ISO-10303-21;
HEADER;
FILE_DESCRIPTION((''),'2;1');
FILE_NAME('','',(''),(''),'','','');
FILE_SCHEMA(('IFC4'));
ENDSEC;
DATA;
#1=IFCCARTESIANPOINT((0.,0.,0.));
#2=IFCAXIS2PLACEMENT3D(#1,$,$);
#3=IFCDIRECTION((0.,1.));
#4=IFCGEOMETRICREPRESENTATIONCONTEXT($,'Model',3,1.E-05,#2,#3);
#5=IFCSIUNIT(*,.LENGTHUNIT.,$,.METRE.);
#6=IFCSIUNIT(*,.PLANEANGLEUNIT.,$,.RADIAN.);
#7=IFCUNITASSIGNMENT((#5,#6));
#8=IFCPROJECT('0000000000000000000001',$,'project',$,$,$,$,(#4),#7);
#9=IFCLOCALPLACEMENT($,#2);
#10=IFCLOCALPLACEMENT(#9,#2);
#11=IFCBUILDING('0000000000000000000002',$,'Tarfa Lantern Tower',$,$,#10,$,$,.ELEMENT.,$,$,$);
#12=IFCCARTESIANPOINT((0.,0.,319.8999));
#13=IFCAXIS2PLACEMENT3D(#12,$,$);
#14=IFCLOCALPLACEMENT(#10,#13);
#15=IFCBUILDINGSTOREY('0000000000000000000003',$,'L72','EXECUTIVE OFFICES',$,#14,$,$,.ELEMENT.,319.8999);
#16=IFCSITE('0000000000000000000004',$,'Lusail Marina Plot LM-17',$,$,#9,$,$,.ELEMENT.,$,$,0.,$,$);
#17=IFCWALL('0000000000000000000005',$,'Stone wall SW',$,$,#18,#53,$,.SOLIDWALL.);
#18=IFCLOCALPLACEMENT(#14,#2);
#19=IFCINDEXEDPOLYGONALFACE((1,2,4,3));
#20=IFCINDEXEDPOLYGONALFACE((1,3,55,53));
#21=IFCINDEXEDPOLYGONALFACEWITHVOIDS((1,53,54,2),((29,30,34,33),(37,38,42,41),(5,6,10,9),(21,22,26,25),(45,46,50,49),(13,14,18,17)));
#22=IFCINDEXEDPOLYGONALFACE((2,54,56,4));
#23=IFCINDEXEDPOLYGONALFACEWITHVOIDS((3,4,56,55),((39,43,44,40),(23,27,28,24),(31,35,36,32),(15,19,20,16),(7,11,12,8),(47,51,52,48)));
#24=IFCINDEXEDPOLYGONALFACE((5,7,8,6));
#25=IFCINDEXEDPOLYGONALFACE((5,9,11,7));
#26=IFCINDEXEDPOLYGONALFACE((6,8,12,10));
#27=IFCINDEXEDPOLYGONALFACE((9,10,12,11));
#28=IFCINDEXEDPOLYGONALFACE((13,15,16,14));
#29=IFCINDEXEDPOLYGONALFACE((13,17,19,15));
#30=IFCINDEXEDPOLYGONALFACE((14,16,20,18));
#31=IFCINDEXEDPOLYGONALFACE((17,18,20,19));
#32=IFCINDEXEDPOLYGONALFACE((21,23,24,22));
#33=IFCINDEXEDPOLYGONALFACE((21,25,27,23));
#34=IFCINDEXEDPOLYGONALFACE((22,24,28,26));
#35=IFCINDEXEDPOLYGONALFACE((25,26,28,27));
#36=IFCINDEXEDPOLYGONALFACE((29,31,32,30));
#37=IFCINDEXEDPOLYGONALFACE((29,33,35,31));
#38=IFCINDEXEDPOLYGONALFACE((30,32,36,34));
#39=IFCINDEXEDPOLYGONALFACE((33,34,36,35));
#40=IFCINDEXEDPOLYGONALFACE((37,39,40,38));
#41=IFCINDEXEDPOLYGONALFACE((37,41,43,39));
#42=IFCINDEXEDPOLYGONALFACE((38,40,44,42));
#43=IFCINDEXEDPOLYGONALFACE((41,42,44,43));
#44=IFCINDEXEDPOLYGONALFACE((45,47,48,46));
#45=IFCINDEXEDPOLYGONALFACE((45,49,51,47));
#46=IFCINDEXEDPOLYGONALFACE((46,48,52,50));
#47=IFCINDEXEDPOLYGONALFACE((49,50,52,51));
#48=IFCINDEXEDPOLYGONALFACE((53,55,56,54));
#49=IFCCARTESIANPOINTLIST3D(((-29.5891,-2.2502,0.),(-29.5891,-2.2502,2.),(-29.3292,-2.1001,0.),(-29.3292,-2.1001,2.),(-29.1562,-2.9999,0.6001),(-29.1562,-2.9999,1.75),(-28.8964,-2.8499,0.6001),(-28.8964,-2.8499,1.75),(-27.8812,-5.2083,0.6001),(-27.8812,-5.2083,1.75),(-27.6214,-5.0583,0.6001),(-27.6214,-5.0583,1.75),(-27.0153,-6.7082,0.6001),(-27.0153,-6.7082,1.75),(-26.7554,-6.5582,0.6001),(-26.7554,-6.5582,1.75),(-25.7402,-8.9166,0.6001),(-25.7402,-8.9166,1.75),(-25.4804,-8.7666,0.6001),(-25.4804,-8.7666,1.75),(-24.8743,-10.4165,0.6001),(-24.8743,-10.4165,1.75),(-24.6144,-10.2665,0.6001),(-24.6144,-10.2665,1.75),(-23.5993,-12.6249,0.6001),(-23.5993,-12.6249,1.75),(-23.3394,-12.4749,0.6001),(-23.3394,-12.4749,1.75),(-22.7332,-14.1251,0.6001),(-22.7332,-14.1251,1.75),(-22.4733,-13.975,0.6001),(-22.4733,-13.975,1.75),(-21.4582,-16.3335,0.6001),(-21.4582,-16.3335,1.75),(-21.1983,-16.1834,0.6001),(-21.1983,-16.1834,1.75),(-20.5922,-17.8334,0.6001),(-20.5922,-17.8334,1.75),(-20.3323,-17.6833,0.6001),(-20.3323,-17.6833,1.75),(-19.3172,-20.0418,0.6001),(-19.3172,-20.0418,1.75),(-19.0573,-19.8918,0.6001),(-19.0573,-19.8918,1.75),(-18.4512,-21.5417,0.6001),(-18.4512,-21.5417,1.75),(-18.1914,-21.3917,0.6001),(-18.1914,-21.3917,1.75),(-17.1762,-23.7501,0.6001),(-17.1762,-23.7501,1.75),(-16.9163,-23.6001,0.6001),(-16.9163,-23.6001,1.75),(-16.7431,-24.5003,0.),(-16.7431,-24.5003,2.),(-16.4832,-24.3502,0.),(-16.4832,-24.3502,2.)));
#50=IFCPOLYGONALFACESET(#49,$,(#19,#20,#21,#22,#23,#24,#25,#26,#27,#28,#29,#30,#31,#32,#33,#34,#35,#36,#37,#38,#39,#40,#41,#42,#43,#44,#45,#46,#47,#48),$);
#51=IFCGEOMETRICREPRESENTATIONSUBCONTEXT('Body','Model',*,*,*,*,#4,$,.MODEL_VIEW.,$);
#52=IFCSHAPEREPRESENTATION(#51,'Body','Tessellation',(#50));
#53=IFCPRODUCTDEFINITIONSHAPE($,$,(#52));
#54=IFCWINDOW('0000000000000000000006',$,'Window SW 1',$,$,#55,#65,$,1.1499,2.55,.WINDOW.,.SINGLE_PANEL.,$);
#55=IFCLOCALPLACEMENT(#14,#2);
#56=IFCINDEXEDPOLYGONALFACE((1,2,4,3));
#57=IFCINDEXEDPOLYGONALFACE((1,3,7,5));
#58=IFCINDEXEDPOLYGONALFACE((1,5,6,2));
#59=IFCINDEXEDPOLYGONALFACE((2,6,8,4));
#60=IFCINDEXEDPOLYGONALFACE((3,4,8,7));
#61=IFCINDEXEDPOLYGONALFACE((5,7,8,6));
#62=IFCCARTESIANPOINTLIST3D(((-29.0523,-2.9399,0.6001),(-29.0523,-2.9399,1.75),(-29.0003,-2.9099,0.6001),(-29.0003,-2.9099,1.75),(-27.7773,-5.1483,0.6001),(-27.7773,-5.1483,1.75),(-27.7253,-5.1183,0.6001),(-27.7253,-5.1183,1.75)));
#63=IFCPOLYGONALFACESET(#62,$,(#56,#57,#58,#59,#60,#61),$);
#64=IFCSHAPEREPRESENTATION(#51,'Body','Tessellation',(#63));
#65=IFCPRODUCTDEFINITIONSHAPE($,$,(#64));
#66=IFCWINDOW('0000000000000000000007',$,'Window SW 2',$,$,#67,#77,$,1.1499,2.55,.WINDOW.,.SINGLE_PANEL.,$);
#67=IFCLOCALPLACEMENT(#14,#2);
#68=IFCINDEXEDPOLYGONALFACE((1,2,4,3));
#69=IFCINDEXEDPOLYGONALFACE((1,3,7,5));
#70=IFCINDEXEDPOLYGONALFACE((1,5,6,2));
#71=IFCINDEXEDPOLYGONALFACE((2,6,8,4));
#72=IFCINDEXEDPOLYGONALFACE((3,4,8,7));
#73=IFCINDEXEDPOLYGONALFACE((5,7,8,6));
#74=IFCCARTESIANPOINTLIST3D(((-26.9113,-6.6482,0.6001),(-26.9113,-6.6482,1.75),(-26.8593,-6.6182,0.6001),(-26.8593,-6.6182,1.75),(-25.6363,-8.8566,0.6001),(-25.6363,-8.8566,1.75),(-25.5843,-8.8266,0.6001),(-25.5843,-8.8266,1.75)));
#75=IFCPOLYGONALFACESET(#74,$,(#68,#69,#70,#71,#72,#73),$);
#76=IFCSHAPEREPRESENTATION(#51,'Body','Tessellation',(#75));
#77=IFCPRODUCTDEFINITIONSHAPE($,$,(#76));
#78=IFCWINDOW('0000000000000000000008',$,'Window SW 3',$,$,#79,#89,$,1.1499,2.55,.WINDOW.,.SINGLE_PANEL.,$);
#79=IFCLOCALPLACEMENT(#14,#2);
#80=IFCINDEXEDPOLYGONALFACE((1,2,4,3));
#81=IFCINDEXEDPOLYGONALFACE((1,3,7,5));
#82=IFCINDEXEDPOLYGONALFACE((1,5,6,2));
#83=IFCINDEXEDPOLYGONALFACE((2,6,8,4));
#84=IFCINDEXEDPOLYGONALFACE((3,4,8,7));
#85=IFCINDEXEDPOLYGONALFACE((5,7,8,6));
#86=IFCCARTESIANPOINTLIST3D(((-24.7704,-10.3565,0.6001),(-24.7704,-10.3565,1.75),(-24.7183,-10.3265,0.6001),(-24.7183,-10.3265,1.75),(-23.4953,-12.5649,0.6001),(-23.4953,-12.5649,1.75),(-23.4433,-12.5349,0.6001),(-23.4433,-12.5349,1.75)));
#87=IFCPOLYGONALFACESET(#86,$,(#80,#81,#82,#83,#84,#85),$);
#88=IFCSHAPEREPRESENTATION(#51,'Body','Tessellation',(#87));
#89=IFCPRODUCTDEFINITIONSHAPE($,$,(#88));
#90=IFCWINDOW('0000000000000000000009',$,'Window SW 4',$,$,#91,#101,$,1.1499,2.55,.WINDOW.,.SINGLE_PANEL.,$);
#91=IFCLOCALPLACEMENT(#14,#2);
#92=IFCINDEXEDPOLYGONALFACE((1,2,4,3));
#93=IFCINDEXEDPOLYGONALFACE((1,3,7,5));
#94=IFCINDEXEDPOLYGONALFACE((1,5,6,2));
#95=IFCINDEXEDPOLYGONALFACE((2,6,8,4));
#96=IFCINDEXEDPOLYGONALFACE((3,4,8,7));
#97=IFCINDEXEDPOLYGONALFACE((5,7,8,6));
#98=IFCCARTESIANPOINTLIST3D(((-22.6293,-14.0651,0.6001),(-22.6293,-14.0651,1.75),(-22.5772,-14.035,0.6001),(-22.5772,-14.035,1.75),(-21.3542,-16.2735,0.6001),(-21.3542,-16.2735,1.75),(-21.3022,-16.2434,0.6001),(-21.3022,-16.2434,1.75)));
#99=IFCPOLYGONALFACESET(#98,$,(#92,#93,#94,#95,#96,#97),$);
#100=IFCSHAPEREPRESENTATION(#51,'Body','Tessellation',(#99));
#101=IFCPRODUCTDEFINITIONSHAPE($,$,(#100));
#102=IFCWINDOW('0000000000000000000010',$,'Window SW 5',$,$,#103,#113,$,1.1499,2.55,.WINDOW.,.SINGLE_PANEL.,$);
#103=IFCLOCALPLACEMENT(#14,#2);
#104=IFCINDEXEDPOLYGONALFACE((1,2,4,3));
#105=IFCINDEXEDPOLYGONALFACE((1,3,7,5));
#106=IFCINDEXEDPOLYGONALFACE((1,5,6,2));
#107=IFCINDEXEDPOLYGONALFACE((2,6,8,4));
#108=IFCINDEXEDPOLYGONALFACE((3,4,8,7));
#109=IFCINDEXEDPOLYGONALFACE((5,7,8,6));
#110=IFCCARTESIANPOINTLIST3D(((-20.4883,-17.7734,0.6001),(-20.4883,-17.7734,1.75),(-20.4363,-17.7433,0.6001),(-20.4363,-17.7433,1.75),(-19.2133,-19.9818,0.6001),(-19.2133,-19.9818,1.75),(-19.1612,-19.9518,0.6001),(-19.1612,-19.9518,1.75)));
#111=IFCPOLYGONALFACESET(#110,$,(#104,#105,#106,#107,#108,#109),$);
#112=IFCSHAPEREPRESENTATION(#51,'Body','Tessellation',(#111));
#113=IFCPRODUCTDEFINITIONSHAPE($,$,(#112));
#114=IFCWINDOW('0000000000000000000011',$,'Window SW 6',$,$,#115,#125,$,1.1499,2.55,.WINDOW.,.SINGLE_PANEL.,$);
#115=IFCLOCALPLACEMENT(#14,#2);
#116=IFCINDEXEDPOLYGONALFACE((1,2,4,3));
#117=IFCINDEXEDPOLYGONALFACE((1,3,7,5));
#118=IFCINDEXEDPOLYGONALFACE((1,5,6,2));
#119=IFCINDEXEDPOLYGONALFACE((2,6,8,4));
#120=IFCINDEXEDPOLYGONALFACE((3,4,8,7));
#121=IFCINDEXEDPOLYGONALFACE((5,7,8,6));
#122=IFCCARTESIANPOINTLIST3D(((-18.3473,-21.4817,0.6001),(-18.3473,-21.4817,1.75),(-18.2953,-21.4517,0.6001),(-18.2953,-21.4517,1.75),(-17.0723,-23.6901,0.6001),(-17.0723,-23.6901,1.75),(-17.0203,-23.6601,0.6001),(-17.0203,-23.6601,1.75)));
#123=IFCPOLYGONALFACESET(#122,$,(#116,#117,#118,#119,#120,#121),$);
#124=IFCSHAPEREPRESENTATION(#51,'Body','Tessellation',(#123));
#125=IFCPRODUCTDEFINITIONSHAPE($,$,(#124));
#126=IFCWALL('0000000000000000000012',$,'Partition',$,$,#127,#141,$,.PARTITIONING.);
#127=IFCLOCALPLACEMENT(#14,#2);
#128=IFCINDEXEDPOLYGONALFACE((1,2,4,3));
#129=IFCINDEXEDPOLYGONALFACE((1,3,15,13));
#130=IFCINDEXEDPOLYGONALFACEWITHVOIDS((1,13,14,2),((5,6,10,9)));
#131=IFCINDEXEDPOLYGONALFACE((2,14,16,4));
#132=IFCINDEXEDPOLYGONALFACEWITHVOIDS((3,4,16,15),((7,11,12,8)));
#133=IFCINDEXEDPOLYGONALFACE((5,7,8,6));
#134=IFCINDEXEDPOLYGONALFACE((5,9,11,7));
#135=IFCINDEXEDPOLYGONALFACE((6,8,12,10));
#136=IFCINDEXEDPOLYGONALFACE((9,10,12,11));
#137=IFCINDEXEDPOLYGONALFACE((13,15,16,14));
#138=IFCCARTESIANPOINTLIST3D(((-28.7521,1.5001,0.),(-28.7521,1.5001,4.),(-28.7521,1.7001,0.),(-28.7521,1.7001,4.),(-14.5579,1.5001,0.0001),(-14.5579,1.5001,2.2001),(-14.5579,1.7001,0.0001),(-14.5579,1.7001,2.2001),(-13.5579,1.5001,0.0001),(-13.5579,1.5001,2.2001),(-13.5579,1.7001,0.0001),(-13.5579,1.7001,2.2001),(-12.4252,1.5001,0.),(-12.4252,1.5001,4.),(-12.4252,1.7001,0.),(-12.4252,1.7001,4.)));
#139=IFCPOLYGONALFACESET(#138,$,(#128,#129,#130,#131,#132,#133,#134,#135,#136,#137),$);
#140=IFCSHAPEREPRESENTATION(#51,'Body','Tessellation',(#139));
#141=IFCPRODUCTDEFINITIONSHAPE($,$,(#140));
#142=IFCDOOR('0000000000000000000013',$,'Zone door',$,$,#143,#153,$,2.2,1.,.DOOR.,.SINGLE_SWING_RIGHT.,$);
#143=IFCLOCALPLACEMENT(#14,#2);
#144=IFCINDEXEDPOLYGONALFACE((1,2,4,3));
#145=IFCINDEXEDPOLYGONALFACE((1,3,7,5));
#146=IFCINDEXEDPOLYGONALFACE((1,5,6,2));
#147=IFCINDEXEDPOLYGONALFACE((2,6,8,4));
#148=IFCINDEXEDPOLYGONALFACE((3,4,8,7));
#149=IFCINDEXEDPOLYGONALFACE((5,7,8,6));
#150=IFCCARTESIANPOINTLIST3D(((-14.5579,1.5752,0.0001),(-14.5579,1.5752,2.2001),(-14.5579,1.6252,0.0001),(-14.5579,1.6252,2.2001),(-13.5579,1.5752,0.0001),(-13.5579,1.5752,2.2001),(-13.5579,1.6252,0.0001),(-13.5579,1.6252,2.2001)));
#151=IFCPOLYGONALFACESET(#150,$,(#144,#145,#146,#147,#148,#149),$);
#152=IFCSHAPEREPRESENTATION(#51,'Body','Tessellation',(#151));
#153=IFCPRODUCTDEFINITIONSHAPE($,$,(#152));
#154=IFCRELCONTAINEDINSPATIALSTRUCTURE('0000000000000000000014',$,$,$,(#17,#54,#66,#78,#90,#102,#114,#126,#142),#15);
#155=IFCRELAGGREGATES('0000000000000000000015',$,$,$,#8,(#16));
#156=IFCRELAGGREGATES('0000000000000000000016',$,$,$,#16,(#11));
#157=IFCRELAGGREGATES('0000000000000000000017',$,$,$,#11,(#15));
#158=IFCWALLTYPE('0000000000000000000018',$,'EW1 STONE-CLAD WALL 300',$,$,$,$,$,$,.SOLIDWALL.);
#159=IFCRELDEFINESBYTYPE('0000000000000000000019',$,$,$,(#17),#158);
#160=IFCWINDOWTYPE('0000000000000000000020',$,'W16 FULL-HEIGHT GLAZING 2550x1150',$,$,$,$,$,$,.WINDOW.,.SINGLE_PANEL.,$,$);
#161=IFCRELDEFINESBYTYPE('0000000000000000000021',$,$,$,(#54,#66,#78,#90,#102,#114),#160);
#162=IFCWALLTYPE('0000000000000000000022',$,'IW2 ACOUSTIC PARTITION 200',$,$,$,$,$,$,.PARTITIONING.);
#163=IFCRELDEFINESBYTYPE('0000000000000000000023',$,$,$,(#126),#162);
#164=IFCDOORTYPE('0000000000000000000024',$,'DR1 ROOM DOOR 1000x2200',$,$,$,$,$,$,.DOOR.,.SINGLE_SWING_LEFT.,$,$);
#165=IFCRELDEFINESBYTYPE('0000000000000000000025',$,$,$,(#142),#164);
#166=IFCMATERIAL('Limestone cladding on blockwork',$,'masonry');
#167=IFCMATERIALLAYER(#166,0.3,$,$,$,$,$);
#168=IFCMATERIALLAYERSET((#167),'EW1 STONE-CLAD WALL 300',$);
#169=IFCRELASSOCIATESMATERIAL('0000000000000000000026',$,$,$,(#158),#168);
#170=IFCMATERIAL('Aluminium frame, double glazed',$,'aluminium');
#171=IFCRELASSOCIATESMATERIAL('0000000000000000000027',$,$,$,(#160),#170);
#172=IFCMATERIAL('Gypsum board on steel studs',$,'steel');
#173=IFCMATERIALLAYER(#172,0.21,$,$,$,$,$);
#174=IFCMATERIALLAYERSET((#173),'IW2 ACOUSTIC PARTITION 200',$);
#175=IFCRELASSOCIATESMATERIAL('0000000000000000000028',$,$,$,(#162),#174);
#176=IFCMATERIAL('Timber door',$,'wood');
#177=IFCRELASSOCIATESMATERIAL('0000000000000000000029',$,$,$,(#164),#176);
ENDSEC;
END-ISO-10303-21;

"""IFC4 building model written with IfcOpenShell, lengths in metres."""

from ifc_helpers import new_model, si_unit, direction, frame, frame_2d, origin, place, context, subcontext, project, spatial, rectangle, extrude, material, layer, layer_set, type_object, element, fill, save


model = new_model("IFC4")

# Units and contexts
model_context = context("Model", 3, precision=1e-05, world=origin(), true_north=direction((0.0, 1.0)))
body_context = subcontext(model_context, "Body", "Model", "MODEL_VIEW")
ifc_project = project(units=[si_unit("LENGTHUNIT", "METRE"), si_unit("PLANEANGLEUNIT", "RADIAN")], contexts=[model_context])

# Site, building, storey
site_placement = place(None, origin())
site = spatial("IfcSite", under=ifc_project, at=site_placement, Name="Lusail Marina Plot LM-17", CompositionType="ELEMENT", RefElevation=0.0)
building_placement = place(site_placement, origin())
building = spatial("IfcBuilding", under=site, at=building_placement, Name="Tarfa Lantern Tower", CompositionType="ELEMENT")
storey_placement = place(building_placement, frame((0.0, 0.0, 319.8999)))
storey = spatial("IfcBuildingStorey", under=building, at=storey_placement, Name="L72", Description="EXECUTIVE OFFICES", CompositionType="ELEMENT", Elevation=319.8999)

# Wall, openings, windows
ifc_material_1 = material(Name="Limestone cladding on blockwork", Category="masonry")
ifc_layer_1 = layer(ifc_material_1, 0.3)
ifc_layer_set_1 = layer_set([ifc_layer_1], Name="EW1 STONE-CLAD WALL 300")
wall_type_1 = type_object("IfcWallType", Name="EW1 STONE-CLAD WALL 300", PredefinedType="SOLIDWALL", material=ifc_layer_set_1)
wall_1_placement = place(storey_placement, frame((-29.4592, -2.175, 0.0), z_axis=(0.0, 0.0, 1.0), x_axis=(0.499997, -0.866027, 0.0)))
wall_1 = element("IfcWall", 1, at=wall_1_placement, inside=storey, type_object=wall_type_1, Name="Stone wall SW", PredefinedType="SOLIDWALL", context=body_context, shape_type="SweptSolid", body=[
    extrude(rectangle(XDim=25.6921, YDim=0.3, at=frame_2d((12.8462, 0.0))), origin(), (0.0, 0.0, 1.0), 2.0),
])
opening_1_placement = place(wall_1_placement, frame((0.866, 0.0, 0.6001)))
opening_1 = element("IfcOpeningElement", 2, at=opening_1_placement, cuts=wall_1, PredefinedType="OPENING", context=body_context, shape_type="SweptSolid", body=[
    extrude(rectangle(XDim=2.55, YDim=1.1499, at=frame_2d((1.2749, 0.575))), frame((0.0, 0.1599, 0.0), z_axis=(0.0, -1.0, 0.0), x_axis=(1.0, 0.0, 0.0)), (0.0, 0.0, 1.0), 0.3201),
])
opening_2_placement = place(wall_1_placement, frame((5.1479, 0.0, 0.6001)))
opening_2 = element("IfcOpeningElement", 3, at=opening_2_placement, cuts=wall_1, PredefinedType="OPENING", context=body_context, shape_type="SweptSolid", body=[
    extrude(rectangle(XDim=2.55, YDim=1.1499, at=frame_2d((1.2749, 0.575))), frame((0.0, 0.1599, 0.0), z_axis=(0.0, -1.0, 0.0), x_axis=(1.0, 0.0, 0.0)), (0.0, 0.0, 1.0), 0.3201),
])
opening_3_placement = place(wall_1_placement, frame((9.4299, 0.0, 0.6001)))
opening_3 = element("IfcOpeningElement", 4, at=opening_3_placement, cuts=wall_1, PredefinedType="OPENING", context=body_context, shape_type="SweptSolid", body=[
    extrude(rectangle(XDim=2.55, YDim=1.1499, at=frame_2d((1.2749, 0.575))), frame((0.0, 0.1599, 0.0), z_axis=(0.0, -1.0, 0.0), x_axis=(1.0, 0.0, 0.0)), (0.0, 0.0, 1.0), 0.3201),
])
opening_4_placement = place(wall_1_placement, frame((13.7122, 0.0, 0.6001)))
opening_4 = element("IfcOpeningElement", 5, at=opening_4_placement, cuts=wall_1, PredefinedType="OPENING", context=body_context, shape_type="SweptSolid", body=[
    extrude(rectangle(XDim=2.55, YDim=1.1499, at=frame_2d((1.2749, 0.575))), frame((0.0, 0.1599, 0.0), z_axis=(0.0, -1.0, 0.0), x_axis=(1.0, 0.0, 0.0)), (0.0, 0.0, 1.0), 0.3201),
])
opening_5_placement = place(wall_1_placement, frame((17.9941, 0.0, 0.6001)))
opening_5 = element("IfcOpeningElement", 6, at=opening_5_placement, cuts=wall_1, PredefinedType="OPENING", context=body_context, shape_type="SweptSolid", body=[
    extrude(rectangle(XDim=2.55, YDim=1.1499, at=frame_2d((1.2749, 0.575))), frame((0.0, 0.1599, 0.0), z_axis=(0.0, -1.0, 0.0), x_axis=(1.0, 0.0, 0.0)), (0.0, 0.0, 1.0), 0.3201),
])
opening_6_placement = place(wall_1_placement, frame((22.2761, 0.0, 0.6001)))
opening_6 = element("IfcOpeningElement", 7, at=opening_6_placement, cuts=wall_1, PredefinedType="OPENING", context=body_context, shape_type="SweptSolid", body=[
    extrude(rectangle(XDim=2.55, YDim=1.1499, at=frame_2d((1.2749, 0.575))), frame((0.0, 0.1599, 0.0), z_axis=(0.0, -1.0, 0.0), x_axis=(1.0, 0.0, 0.0)), (0.0, 0.0, 1.0), 0.3201),
])
ifc_material_2 = material(Name="Aluminium frame, double glazed", Category="aluminium")
window_type = type_object("IfcWindowType", Name="W16 FULL-HEIGHT GLAZING 2550x1150", PartitioningType="SINGLE_PANEL", PredefinedType="WINDOW", material=ifc_material_2)
window_1_placement = place(opening_1_placement, origin())
window_1 = element("IfcWindow", 8, at=window_1_placement, inside=storey, type_object=window_type, Name="Window SW 1", OverallHeight=1.1499, OverallWidth=2.55, PartitioningType="SINGLE_PANEL", PredefinedType="WINDOW", context=body_context, shape_type="SweptSolid", body=[
    extrude(rectangle(XDim=2.55, YDim=1.1499, at=frame_2d((1.2749, 0.575))), frame((0.0, 0.03, 0.0), z_axis=(0.0, -1.0, 0.0), x_axis=(1.0, 0.0, 0.0)), (0.0, 0.0, 1.0), 0.0601),
])
fill(opening_1, window_1)
window_2_placement = place(opening_2_placement, origin())
window_2 = element("IfcWindow", 9, at=window_2_placement, inside=storey, type_object=window_type, Name="Window SW 2", OverallHeight=1.1499, OverallWidth=2.55, PartitioningType="SINGLE_PANEL", PredefinedType="WINDOW", context=body_context, shape_type="SweptSolid", body=[
    extrude(rectangle(XDim=2.55, YDim=1.1499, at=frame_2d((1.2749, 0.575))), frame((0.0, 0.03, 0.0), z_axis=(0.0, -1.0, 0.0), x_axis=(1.0, 0.0, 0.0)), (0.0, 0.0, 1.0), 0.0601),
])
fill(opening_2, window_2)
window_3_placement = place(opening_3_placement, origin())
window_3 = element("IfcWindow", 10, at=window_3_placement, inside=storey, type_object=window_type, Name="Window SW 3", OverallHeight=1.1499, OverallWidth=2.55, PartitioningType="SINGLE_PANEL", PredefinedType="WINDOW", context=body_context, shape_type="SweptSolid", body=[
    extrude(rectangle(XDim=2.55, YDim=1.1499, at=frame_2d((1.2749, 0.575))), frame((0.0, 0.03, 0.0), z_axis=(0.0, -1.0, 0.0), x_axis=(1.0, 0.0, 0.0)), (0.0, 0.0, 1.0), 0.0601),
])
fill(opening_3, window_3)
window_4_placement = place(opening_4_placement, origin())
window_4 = element("IfcWindow", 11, at=window_4_placement, inside=storey, type_object=window_type, Name="Window SW 4", OverallHeight=1.1499, OverallWidth=2.55, PartitioningType="SINGLE_PANEL", PredefinedType="WINDOW", context=body_context, shape_type="SweptSolid", body=[
    extrude(rectangle(XDim=2.55, YDim=1.1499, at=frame_2d((1.2749, 0.575))), frame((0.0, 0.03, 0.0), z_axis=(0.0, -1.0, 0.0), x_axis=(1.0, 0.0, 0.0)), (0.0, 0.0, 1.0), 0.0601),
])
fill(opening_4, window_4)
window_5_placement = place(opening_5_placement, origin())
window_5 = element("IfcWindow", 12, at=window_5_placement, inside=storey, type_object=window_type, Name="Window SW 5", OverallHeight=1.1499, OverallWidth=2.55, PartitioningType="SINGLE_PANEL", PredefinedType="WINDOW", context=body_context, shape_type="SweptSolid", body=[
    extrude(rectangle(XDim=2.55, YDim=1.1499, at=frame_2d((1.2749, 0.575))), frame((0.0, 0.03, 0.0), z_axis=(0.0, -1.0, 0.0), x_axis=(1.0, 0.0, 0.0)), (0.0, 0.0, 1.0), 0.0601),
])
fill(opening_5, window_5)
window_6_placement = place(opening_6_placement, origin())
window_6 = element("IfcWindow", 13, at=window_6_placement, inside=storey, type_object=window_type, Name="Window SW 6", OverallHeight=1.1499, OverallWidth=2.55, PartitioningType="SINGLE_PANEL", PredefinedType="WINDOW", context=body_context, shape_type="SweptSolid", body=[
    extrude(rectangle(XDim=2.55, YDim=1.1499, at=frame_2d((1.2749, 0.575))), frame((0.0, 0.03, 0.0), z_axis=(0.0, -1.0, 0.0), x_axis=(1.0, 0.0, 0.0)), (0.0, 0.0, 1.0), 0.0601),
])
fill(opening_6, window_6)

# Wall, opening, door
ifc_material_3 = material(Name="Gypsum board on steel studs", Category="steel")
ifc_layer_2 = layer(ifc_material_3, 0.21)
ifc_layer_set_2 = layer_set([ifc_layer_2], Name="IW2 ACOUSTIC PARTITION 200")
wall_type_2 = type_object("IfcWallType", Name="IW2 ACOUSTIC PARTITION 200", PredefinedType="PARTITIONING", material=ifc_layer_set_2)
wall_2_placement = place(storey_placement, frame((-12.425, 1.6001, 0.0), z_axis=(0.0, 0.0, 1.0), x_axis=(-1.0, 0.0, 0.0)))
wall_2 = element("IfcWall", 14, at=wall_2_placement, inside=storey, type_object=wall_type_2, Name="Partition", PredefinedType="PARTITIONING", context=body_context, shape_type="SweptSolid", body=[
    extrude(rectangle(XDim=16.3269, YDim=0.2, at=frame_2d((8.1636, 0.0))), origin(), (0.0, 0.0, 1.0), 4.0),
])
opening_7_placement = place(wall_2_placement, frame((1.1328, 0.0, 0.0)))
opening_7 = element("IfcOpeningElement", 15, at=opening_7_placement, cuts=wall_2, PredefinedType="OPENING", context=body_context, shape_type="SweptSolid", body=[
    extrude(rectangle(XDim=1.0, YDim=2.2, at=frame_2d((0.5, 1.1001))), frame((0.0, 0.1099, 0.0), z_axis=(0.0, -1.0, 0.0), x_axis=(1.0, 0.0, 0.0)), (0.0, 0.0, 1.0), 0.22),
])
ifc_material_4 = material(Name="Timber door", Category="wood")
door_type_1 = type_object("IfcDoorType", Name="DR1 ROOM DOOR 1000x2200", OperationType="SINGLE_SWING_LEFT", PredefinedType="DOOR", material=ifc_material_4)
door_1_placement = place(opening_7_placement, origin())
door_1 = element("IfcDoor", 16, at=door_1_placement, inside=storey, type_object=door_type_1, Name="Zone door", OperationType="SINGLE_SWING_RIGHT", OverallHeight=2.2, OverallWidth=1.0, PredefinedType="DOOR", context=body_context, shape_type="SweptSolid", body=[
    extrude(rectangle(XDim=1.0, YDim=2.2, at=frame_2d((0.5, 1.1001))), frame((0.0, 0.0249, 0.0), z_axis=(0.0, -1.0, 0.0), x_axis=(1.0, 0.0, 0.0)), (0.0, 0.0, 1.0), 0.05),
])
fill(opening_7, door_1)

save(model, "model.ifc")
